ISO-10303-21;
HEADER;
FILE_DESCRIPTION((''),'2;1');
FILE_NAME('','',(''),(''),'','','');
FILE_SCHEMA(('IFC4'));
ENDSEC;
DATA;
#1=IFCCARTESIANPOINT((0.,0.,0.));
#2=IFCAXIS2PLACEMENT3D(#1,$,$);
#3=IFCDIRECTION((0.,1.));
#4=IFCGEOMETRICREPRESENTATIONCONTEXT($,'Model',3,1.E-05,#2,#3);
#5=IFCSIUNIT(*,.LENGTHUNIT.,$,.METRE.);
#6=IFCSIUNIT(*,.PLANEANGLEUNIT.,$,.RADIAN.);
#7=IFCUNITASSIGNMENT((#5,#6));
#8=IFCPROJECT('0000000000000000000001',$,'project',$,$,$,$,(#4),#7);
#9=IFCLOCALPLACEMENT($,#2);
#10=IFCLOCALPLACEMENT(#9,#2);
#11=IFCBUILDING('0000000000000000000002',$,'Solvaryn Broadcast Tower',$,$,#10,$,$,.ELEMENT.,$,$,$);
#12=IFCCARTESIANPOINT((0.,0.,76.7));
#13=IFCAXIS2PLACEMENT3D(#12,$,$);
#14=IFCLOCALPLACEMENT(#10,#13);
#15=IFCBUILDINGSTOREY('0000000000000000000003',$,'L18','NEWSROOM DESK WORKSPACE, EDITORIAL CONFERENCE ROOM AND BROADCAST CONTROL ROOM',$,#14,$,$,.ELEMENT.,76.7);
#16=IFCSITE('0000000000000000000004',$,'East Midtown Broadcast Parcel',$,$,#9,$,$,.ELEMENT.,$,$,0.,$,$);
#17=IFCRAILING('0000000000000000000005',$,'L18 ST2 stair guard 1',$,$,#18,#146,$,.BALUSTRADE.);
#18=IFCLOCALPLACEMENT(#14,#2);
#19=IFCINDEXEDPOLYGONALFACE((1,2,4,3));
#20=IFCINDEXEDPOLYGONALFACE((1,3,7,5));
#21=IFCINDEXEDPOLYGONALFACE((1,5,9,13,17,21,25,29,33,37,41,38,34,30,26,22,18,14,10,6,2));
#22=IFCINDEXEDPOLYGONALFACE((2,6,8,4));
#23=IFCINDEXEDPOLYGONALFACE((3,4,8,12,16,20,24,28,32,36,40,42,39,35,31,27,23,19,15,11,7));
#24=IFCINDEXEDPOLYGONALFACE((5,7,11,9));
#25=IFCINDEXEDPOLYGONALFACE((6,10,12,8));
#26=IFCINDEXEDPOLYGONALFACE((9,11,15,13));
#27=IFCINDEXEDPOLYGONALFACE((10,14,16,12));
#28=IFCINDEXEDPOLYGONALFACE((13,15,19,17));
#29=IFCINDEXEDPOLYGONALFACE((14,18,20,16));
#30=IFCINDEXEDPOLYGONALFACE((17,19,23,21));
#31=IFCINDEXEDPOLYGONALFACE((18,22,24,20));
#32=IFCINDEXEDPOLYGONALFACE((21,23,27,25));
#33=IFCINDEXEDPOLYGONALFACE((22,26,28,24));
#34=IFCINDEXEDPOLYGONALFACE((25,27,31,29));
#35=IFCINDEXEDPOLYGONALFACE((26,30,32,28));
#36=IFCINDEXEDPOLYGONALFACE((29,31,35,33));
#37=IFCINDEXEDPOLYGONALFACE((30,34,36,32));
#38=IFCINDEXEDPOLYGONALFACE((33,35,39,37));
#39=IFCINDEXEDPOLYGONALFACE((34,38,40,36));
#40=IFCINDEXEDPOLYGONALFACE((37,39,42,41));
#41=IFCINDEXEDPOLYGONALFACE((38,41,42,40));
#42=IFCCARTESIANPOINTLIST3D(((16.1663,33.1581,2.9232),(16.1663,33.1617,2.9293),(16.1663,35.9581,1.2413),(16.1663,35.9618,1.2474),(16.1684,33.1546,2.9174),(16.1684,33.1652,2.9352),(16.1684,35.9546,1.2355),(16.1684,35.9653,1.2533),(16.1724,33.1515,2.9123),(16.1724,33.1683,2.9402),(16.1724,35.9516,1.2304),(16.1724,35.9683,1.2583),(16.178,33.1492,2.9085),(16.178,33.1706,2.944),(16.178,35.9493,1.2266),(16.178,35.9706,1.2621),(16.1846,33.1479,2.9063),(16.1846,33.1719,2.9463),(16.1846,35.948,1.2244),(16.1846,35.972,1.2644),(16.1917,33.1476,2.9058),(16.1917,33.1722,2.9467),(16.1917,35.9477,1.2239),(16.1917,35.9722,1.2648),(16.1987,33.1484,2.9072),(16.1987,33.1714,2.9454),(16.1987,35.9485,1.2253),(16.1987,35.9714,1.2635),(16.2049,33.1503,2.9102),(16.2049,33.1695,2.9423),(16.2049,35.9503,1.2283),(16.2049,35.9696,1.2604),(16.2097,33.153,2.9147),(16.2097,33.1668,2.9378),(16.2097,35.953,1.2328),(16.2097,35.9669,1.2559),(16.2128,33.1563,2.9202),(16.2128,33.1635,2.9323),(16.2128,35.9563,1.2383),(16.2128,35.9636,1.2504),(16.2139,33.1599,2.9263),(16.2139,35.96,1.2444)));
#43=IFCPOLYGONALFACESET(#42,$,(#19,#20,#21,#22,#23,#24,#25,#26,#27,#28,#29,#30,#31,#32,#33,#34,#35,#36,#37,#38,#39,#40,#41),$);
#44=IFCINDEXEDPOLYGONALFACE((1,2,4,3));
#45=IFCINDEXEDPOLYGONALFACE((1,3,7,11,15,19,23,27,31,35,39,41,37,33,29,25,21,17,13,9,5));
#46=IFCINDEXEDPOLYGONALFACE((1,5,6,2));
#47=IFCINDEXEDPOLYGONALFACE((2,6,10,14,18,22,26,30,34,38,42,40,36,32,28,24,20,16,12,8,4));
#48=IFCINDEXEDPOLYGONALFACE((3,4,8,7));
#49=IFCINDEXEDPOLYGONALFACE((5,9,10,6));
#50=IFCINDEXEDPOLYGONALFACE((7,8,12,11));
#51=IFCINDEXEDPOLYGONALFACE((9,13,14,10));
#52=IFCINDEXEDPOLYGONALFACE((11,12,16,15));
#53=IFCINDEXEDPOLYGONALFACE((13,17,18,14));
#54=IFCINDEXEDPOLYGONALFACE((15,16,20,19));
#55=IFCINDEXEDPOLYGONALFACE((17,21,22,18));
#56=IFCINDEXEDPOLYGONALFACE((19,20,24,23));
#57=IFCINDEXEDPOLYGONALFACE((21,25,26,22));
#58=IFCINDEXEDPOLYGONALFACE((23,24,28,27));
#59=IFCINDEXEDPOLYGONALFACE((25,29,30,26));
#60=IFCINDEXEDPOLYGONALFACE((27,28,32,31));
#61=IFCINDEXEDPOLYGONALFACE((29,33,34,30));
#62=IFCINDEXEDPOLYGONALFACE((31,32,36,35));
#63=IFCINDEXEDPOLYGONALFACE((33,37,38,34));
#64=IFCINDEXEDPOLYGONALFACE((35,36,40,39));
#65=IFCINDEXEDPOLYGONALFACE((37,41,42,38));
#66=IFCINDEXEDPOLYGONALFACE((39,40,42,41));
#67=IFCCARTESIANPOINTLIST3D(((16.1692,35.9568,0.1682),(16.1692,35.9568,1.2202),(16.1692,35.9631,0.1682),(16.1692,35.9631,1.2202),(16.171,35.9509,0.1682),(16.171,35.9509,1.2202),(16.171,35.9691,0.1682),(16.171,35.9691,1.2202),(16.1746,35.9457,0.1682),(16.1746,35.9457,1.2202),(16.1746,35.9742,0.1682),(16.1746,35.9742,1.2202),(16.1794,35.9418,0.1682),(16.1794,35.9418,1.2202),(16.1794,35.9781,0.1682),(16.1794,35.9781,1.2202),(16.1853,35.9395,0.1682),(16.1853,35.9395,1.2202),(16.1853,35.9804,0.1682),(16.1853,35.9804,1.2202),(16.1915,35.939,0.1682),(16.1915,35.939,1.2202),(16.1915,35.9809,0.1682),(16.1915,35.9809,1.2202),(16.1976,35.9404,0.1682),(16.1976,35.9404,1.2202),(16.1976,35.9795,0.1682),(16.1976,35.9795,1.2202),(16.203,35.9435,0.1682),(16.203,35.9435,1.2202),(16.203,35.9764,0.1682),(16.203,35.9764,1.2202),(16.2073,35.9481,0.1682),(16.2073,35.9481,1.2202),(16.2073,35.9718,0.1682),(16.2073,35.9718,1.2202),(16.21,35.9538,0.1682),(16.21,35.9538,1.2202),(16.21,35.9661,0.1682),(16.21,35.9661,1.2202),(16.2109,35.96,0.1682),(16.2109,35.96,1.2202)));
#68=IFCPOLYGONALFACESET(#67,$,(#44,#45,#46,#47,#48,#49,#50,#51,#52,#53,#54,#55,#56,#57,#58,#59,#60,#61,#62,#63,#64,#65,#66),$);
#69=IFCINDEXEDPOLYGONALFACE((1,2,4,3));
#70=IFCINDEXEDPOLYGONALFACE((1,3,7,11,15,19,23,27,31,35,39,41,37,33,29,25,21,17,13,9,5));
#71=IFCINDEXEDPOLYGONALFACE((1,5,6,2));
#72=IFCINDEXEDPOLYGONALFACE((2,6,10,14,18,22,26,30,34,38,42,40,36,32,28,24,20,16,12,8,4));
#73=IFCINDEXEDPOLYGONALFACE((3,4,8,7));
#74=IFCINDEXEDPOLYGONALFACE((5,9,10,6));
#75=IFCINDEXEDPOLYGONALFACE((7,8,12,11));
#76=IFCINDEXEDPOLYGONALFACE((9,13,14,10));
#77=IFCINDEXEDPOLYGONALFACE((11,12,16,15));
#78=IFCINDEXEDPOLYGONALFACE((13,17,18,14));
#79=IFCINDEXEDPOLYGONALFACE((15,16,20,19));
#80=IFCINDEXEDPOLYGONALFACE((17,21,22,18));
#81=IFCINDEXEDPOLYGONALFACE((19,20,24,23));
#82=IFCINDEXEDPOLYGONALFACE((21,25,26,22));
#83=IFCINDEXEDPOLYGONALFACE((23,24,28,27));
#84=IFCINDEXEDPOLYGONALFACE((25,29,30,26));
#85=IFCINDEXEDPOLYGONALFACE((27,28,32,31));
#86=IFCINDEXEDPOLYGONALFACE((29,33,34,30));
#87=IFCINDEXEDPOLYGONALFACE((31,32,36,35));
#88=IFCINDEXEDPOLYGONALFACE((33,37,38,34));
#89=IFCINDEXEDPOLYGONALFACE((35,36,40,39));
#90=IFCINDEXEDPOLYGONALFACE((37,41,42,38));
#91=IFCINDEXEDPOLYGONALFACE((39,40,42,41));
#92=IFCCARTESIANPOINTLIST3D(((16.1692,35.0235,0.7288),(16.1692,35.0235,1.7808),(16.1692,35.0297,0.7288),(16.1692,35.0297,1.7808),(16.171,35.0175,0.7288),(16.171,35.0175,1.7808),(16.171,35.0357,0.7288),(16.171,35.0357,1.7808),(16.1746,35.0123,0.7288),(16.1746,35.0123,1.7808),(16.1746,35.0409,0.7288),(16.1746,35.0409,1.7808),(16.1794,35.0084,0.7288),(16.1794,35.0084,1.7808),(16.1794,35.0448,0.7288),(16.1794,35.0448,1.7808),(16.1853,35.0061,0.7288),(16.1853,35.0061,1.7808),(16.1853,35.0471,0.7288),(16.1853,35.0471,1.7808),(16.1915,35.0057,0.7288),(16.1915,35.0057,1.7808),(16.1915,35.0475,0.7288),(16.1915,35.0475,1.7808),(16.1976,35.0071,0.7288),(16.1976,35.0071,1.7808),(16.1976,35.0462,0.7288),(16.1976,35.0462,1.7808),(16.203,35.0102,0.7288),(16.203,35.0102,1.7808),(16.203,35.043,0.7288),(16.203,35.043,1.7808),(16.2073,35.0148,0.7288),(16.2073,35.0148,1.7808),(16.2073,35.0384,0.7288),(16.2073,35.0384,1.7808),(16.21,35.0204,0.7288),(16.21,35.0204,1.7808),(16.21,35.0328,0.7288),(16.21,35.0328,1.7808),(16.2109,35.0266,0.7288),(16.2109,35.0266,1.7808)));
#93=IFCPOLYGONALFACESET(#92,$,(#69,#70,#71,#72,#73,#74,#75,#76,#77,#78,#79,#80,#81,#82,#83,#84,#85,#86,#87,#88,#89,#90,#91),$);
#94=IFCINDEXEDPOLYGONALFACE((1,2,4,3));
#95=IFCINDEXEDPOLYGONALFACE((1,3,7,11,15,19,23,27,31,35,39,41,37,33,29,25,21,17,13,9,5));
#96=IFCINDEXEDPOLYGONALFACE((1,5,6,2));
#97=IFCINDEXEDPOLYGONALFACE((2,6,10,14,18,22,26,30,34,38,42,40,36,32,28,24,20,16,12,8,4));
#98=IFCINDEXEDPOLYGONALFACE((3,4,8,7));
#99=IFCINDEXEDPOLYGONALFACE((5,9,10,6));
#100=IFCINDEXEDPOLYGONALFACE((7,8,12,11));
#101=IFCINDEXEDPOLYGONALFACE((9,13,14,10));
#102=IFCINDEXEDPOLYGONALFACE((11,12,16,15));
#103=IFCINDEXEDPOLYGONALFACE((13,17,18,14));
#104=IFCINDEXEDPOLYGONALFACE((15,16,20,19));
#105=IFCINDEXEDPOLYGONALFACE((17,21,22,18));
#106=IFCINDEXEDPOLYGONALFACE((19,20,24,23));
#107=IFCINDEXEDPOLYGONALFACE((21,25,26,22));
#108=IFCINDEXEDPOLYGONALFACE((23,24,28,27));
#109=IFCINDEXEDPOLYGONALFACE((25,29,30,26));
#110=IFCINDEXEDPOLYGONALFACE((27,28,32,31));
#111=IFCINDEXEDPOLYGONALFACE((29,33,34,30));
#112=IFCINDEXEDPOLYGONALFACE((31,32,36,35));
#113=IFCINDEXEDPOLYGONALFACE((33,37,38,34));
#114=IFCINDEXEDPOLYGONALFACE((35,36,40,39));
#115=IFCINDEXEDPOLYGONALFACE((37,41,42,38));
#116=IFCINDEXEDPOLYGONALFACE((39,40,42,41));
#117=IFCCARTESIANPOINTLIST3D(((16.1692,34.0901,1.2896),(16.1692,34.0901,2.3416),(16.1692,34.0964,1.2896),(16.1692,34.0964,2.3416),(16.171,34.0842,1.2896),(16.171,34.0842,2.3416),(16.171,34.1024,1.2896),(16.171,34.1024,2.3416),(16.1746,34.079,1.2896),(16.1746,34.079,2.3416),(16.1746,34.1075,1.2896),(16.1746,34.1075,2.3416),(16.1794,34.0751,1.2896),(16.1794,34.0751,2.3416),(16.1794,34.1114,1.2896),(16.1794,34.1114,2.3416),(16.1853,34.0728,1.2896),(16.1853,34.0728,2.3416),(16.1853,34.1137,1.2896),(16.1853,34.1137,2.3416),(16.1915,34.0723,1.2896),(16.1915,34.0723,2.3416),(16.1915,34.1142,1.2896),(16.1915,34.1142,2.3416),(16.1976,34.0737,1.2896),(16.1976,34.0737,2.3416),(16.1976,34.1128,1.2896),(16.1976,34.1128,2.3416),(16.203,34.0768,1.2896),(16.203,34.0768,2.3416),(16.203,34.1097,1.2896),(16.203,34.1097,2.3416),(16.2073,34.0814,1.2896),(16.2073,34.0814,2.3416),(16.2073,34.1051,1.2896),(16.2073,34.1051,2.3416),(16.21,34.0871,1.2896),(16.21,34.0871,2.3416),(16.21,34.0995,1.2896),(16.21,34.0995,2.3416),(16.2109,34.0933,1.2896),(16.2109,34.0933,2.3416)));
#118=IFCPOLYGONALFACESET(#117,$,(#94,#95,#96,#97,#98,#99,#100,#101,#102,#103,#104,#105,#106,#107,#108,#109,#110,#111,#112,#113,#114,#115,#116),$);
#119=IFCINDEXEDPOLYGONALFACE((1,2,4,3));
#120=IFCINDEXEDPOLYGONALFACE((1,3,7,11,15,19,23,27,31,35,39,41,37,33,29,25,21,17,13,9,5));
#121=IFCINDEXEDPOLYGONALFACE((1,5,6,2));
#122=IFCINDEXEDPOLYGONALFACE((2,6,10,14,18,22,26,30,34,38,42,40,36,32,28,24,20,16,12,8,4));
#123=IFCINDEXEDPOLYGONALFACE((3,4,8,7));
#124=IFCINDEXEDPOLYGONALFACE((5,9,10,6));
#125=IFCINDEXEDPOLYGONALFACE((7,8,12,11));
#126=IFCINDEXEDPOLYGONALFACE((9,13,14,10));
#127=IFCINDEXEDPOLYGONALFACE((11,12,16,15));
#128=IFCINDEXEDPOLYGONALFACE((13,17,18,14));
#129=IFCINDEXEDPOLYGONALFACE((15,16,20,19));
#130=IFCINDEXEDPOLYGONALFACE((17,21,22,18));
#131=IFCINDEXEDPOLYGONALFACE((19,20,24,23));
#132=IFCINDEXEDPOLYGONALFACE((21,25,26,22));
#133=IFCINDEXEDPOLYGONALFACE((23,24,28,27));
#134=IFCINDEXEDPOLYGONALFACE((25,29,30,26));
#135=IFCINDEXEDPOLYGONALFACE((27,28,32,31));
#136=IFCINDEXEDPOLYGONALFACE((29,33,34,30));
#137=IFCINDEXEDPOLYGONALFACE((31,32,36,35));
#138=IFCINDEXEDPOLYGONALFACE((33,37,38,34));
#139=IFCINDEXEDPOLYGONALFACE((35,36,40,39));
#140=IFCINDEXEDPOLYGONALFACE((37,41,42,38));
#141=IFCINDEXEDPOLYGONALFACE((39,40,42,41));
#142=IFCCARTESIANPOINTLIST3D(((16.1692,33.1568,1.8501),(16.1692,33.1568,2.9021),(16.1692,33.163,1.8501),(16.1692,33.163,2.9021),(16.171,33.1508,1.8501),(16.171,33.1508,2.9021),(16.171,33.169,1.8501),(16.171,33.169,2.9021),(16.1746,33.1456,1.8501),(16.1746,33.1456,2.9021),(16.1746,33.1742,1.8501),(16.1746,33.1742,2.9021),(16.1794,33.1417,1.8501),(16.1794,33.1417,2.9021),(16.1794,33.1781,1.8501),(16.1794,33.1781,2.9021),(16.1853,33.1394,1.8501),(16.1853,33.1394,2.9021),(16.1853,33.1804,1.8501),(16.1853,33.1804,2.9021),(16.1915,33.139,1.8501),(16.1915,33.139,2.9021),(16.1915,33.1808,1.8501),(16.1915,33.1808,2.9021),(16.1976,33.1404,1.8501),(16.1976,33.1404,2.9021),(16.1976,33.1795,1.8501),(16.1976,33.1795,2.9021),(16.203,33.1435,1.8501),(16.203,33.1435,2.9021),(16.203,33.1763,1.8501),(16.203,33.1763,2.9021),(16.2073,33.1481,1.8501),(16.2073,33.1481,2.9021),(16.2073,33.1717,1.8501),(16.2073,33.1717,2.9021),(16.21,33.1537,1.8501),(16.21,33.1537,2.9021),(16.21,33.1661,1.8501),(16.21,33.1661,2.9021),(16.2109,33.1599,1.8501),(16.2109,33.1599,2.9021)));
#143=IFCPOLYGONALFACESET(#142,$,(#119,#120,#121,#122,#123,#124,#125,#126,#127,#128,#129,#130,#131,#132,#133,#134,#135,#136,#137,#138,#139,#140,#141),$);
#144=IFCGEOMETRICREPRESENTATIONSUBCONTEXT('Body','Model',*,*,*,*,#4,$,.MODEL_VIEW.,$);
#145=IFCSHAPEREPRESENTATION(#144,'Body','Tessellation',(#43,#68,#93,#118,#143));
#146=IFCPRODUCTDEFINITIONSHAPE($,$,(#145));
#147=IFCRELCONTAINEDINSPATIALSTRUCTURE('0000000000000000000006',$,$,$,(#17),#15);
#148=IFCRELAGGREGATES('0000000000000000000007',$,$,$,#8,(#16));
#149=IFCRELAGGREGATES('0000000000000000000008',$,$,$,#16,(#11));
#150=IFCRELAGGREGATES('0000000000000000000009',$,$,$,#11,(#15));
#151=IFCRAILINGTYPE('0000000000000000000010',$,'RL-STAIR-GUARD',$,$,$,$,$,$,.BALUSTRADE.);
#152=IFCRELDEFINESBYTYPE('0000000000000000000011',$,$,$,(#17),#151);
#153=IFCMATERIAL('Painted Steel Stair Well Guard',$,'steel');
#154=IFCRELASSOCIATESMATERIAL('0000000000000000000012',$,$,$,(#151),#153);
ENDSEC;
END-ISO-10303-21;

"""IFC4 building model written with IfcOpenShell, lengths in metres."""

from ifc_helpers import new_model, si_unit, direction, frame, origin, origin_2d, place, context, subcontext, project, spatial, circle, extrude, material, type_object, element, save


model = new_model("IFC4")

# Units and contexts
model_context = context("Model", 3, precision=1e-05, world=origin(), true_north=direction((0.0, 1.0)))
body_context = subcontext(model_context, "Body", "Model", "MODEL_VIEW")
ifc_project = project(units=[si_unit("LENGTHUNIT", "METRE"), si_unit("PLANEANGLEUNIT", "RADIAN")], contexts=[model_context])

# Site, building, storey
site_placement = place(None, origin())
site = spatial("IfcSite", under=ifc_project, at=site_placement, Name="East Midtown Broadcast Parcel", CompositionType="ELEMENT", RefElevation=0.0)
building_placement = place(site_placement, origin())
building = spatial("IfcBuilding", under=site, at=building_placement, Name="Solvaryn Broadcast Tower", CompositionType="ELEMENT")
storey_placement = place(building_placement, frame((0.0, 0.0, 76.7)))
storey = spatial("IfcBuildingStorey", under=building, at=storey_placement, Name="L18", Description="NEWSROOM DESK WORKSPACE, EDITORIAL CONFERENCE ROOM AND BROADCAST CONTROL ROOM", CompositionType="ELEMENT", Elevation=76.7)

# Railing
ifc_material_1 = material(Name="Painted Steel Stair Well Guard", Category="steel")
railing_type_1 = type_object("IfcRailingType", Name="RL-STAIR-GUARD", PredefinedType="BALUSTRADE", material=ifc_material_1)
railing_1_placement = place(storey_placement, frame((16.1899, 35.96, 0.1682)))
element("IfcRailing", 1, at=railing_1_placement, inside=storey, type_object=railing_type_1, Name="L18 ST2 stair guard 1", PredefinedType="BALUSTRADE", context=body_context, shape_type="SweptSolid", body=[
    extrude(circle(Radius=0.0239, at=origin_2d()), frame((0.0, 0.0, 1.0762), z_axis=(0.0, -0.857242, 0.514913), x_axis=(1.0, 0.0, 0.0)), (0.0, 0.0, 1.0), 3.2664),
    extrude(circle(Radius=0.021, at=origin_2d()), origin(), (0.0, 0.0, 1.0), 1.052),
    extrude(circle(Radius=0.021, at=origin_2d()), frame((0.0, -0.9333, 0.5605)), (0.0, 0.0, 1.0), 1.052),
    extrude(circle(Radius=0.021, at=origin_2d()), frame((0.0, -1.8667, 1.1213)), (0.0, 0.0, 1.0), 1.052),
    extrude(circle(Radius=0.021, at=origin_2d()), frame((0.0, -2.8, 1.6819)), (0.0, 0.0, 1.0), 1.052),
])

save(model, "model.ifc")
